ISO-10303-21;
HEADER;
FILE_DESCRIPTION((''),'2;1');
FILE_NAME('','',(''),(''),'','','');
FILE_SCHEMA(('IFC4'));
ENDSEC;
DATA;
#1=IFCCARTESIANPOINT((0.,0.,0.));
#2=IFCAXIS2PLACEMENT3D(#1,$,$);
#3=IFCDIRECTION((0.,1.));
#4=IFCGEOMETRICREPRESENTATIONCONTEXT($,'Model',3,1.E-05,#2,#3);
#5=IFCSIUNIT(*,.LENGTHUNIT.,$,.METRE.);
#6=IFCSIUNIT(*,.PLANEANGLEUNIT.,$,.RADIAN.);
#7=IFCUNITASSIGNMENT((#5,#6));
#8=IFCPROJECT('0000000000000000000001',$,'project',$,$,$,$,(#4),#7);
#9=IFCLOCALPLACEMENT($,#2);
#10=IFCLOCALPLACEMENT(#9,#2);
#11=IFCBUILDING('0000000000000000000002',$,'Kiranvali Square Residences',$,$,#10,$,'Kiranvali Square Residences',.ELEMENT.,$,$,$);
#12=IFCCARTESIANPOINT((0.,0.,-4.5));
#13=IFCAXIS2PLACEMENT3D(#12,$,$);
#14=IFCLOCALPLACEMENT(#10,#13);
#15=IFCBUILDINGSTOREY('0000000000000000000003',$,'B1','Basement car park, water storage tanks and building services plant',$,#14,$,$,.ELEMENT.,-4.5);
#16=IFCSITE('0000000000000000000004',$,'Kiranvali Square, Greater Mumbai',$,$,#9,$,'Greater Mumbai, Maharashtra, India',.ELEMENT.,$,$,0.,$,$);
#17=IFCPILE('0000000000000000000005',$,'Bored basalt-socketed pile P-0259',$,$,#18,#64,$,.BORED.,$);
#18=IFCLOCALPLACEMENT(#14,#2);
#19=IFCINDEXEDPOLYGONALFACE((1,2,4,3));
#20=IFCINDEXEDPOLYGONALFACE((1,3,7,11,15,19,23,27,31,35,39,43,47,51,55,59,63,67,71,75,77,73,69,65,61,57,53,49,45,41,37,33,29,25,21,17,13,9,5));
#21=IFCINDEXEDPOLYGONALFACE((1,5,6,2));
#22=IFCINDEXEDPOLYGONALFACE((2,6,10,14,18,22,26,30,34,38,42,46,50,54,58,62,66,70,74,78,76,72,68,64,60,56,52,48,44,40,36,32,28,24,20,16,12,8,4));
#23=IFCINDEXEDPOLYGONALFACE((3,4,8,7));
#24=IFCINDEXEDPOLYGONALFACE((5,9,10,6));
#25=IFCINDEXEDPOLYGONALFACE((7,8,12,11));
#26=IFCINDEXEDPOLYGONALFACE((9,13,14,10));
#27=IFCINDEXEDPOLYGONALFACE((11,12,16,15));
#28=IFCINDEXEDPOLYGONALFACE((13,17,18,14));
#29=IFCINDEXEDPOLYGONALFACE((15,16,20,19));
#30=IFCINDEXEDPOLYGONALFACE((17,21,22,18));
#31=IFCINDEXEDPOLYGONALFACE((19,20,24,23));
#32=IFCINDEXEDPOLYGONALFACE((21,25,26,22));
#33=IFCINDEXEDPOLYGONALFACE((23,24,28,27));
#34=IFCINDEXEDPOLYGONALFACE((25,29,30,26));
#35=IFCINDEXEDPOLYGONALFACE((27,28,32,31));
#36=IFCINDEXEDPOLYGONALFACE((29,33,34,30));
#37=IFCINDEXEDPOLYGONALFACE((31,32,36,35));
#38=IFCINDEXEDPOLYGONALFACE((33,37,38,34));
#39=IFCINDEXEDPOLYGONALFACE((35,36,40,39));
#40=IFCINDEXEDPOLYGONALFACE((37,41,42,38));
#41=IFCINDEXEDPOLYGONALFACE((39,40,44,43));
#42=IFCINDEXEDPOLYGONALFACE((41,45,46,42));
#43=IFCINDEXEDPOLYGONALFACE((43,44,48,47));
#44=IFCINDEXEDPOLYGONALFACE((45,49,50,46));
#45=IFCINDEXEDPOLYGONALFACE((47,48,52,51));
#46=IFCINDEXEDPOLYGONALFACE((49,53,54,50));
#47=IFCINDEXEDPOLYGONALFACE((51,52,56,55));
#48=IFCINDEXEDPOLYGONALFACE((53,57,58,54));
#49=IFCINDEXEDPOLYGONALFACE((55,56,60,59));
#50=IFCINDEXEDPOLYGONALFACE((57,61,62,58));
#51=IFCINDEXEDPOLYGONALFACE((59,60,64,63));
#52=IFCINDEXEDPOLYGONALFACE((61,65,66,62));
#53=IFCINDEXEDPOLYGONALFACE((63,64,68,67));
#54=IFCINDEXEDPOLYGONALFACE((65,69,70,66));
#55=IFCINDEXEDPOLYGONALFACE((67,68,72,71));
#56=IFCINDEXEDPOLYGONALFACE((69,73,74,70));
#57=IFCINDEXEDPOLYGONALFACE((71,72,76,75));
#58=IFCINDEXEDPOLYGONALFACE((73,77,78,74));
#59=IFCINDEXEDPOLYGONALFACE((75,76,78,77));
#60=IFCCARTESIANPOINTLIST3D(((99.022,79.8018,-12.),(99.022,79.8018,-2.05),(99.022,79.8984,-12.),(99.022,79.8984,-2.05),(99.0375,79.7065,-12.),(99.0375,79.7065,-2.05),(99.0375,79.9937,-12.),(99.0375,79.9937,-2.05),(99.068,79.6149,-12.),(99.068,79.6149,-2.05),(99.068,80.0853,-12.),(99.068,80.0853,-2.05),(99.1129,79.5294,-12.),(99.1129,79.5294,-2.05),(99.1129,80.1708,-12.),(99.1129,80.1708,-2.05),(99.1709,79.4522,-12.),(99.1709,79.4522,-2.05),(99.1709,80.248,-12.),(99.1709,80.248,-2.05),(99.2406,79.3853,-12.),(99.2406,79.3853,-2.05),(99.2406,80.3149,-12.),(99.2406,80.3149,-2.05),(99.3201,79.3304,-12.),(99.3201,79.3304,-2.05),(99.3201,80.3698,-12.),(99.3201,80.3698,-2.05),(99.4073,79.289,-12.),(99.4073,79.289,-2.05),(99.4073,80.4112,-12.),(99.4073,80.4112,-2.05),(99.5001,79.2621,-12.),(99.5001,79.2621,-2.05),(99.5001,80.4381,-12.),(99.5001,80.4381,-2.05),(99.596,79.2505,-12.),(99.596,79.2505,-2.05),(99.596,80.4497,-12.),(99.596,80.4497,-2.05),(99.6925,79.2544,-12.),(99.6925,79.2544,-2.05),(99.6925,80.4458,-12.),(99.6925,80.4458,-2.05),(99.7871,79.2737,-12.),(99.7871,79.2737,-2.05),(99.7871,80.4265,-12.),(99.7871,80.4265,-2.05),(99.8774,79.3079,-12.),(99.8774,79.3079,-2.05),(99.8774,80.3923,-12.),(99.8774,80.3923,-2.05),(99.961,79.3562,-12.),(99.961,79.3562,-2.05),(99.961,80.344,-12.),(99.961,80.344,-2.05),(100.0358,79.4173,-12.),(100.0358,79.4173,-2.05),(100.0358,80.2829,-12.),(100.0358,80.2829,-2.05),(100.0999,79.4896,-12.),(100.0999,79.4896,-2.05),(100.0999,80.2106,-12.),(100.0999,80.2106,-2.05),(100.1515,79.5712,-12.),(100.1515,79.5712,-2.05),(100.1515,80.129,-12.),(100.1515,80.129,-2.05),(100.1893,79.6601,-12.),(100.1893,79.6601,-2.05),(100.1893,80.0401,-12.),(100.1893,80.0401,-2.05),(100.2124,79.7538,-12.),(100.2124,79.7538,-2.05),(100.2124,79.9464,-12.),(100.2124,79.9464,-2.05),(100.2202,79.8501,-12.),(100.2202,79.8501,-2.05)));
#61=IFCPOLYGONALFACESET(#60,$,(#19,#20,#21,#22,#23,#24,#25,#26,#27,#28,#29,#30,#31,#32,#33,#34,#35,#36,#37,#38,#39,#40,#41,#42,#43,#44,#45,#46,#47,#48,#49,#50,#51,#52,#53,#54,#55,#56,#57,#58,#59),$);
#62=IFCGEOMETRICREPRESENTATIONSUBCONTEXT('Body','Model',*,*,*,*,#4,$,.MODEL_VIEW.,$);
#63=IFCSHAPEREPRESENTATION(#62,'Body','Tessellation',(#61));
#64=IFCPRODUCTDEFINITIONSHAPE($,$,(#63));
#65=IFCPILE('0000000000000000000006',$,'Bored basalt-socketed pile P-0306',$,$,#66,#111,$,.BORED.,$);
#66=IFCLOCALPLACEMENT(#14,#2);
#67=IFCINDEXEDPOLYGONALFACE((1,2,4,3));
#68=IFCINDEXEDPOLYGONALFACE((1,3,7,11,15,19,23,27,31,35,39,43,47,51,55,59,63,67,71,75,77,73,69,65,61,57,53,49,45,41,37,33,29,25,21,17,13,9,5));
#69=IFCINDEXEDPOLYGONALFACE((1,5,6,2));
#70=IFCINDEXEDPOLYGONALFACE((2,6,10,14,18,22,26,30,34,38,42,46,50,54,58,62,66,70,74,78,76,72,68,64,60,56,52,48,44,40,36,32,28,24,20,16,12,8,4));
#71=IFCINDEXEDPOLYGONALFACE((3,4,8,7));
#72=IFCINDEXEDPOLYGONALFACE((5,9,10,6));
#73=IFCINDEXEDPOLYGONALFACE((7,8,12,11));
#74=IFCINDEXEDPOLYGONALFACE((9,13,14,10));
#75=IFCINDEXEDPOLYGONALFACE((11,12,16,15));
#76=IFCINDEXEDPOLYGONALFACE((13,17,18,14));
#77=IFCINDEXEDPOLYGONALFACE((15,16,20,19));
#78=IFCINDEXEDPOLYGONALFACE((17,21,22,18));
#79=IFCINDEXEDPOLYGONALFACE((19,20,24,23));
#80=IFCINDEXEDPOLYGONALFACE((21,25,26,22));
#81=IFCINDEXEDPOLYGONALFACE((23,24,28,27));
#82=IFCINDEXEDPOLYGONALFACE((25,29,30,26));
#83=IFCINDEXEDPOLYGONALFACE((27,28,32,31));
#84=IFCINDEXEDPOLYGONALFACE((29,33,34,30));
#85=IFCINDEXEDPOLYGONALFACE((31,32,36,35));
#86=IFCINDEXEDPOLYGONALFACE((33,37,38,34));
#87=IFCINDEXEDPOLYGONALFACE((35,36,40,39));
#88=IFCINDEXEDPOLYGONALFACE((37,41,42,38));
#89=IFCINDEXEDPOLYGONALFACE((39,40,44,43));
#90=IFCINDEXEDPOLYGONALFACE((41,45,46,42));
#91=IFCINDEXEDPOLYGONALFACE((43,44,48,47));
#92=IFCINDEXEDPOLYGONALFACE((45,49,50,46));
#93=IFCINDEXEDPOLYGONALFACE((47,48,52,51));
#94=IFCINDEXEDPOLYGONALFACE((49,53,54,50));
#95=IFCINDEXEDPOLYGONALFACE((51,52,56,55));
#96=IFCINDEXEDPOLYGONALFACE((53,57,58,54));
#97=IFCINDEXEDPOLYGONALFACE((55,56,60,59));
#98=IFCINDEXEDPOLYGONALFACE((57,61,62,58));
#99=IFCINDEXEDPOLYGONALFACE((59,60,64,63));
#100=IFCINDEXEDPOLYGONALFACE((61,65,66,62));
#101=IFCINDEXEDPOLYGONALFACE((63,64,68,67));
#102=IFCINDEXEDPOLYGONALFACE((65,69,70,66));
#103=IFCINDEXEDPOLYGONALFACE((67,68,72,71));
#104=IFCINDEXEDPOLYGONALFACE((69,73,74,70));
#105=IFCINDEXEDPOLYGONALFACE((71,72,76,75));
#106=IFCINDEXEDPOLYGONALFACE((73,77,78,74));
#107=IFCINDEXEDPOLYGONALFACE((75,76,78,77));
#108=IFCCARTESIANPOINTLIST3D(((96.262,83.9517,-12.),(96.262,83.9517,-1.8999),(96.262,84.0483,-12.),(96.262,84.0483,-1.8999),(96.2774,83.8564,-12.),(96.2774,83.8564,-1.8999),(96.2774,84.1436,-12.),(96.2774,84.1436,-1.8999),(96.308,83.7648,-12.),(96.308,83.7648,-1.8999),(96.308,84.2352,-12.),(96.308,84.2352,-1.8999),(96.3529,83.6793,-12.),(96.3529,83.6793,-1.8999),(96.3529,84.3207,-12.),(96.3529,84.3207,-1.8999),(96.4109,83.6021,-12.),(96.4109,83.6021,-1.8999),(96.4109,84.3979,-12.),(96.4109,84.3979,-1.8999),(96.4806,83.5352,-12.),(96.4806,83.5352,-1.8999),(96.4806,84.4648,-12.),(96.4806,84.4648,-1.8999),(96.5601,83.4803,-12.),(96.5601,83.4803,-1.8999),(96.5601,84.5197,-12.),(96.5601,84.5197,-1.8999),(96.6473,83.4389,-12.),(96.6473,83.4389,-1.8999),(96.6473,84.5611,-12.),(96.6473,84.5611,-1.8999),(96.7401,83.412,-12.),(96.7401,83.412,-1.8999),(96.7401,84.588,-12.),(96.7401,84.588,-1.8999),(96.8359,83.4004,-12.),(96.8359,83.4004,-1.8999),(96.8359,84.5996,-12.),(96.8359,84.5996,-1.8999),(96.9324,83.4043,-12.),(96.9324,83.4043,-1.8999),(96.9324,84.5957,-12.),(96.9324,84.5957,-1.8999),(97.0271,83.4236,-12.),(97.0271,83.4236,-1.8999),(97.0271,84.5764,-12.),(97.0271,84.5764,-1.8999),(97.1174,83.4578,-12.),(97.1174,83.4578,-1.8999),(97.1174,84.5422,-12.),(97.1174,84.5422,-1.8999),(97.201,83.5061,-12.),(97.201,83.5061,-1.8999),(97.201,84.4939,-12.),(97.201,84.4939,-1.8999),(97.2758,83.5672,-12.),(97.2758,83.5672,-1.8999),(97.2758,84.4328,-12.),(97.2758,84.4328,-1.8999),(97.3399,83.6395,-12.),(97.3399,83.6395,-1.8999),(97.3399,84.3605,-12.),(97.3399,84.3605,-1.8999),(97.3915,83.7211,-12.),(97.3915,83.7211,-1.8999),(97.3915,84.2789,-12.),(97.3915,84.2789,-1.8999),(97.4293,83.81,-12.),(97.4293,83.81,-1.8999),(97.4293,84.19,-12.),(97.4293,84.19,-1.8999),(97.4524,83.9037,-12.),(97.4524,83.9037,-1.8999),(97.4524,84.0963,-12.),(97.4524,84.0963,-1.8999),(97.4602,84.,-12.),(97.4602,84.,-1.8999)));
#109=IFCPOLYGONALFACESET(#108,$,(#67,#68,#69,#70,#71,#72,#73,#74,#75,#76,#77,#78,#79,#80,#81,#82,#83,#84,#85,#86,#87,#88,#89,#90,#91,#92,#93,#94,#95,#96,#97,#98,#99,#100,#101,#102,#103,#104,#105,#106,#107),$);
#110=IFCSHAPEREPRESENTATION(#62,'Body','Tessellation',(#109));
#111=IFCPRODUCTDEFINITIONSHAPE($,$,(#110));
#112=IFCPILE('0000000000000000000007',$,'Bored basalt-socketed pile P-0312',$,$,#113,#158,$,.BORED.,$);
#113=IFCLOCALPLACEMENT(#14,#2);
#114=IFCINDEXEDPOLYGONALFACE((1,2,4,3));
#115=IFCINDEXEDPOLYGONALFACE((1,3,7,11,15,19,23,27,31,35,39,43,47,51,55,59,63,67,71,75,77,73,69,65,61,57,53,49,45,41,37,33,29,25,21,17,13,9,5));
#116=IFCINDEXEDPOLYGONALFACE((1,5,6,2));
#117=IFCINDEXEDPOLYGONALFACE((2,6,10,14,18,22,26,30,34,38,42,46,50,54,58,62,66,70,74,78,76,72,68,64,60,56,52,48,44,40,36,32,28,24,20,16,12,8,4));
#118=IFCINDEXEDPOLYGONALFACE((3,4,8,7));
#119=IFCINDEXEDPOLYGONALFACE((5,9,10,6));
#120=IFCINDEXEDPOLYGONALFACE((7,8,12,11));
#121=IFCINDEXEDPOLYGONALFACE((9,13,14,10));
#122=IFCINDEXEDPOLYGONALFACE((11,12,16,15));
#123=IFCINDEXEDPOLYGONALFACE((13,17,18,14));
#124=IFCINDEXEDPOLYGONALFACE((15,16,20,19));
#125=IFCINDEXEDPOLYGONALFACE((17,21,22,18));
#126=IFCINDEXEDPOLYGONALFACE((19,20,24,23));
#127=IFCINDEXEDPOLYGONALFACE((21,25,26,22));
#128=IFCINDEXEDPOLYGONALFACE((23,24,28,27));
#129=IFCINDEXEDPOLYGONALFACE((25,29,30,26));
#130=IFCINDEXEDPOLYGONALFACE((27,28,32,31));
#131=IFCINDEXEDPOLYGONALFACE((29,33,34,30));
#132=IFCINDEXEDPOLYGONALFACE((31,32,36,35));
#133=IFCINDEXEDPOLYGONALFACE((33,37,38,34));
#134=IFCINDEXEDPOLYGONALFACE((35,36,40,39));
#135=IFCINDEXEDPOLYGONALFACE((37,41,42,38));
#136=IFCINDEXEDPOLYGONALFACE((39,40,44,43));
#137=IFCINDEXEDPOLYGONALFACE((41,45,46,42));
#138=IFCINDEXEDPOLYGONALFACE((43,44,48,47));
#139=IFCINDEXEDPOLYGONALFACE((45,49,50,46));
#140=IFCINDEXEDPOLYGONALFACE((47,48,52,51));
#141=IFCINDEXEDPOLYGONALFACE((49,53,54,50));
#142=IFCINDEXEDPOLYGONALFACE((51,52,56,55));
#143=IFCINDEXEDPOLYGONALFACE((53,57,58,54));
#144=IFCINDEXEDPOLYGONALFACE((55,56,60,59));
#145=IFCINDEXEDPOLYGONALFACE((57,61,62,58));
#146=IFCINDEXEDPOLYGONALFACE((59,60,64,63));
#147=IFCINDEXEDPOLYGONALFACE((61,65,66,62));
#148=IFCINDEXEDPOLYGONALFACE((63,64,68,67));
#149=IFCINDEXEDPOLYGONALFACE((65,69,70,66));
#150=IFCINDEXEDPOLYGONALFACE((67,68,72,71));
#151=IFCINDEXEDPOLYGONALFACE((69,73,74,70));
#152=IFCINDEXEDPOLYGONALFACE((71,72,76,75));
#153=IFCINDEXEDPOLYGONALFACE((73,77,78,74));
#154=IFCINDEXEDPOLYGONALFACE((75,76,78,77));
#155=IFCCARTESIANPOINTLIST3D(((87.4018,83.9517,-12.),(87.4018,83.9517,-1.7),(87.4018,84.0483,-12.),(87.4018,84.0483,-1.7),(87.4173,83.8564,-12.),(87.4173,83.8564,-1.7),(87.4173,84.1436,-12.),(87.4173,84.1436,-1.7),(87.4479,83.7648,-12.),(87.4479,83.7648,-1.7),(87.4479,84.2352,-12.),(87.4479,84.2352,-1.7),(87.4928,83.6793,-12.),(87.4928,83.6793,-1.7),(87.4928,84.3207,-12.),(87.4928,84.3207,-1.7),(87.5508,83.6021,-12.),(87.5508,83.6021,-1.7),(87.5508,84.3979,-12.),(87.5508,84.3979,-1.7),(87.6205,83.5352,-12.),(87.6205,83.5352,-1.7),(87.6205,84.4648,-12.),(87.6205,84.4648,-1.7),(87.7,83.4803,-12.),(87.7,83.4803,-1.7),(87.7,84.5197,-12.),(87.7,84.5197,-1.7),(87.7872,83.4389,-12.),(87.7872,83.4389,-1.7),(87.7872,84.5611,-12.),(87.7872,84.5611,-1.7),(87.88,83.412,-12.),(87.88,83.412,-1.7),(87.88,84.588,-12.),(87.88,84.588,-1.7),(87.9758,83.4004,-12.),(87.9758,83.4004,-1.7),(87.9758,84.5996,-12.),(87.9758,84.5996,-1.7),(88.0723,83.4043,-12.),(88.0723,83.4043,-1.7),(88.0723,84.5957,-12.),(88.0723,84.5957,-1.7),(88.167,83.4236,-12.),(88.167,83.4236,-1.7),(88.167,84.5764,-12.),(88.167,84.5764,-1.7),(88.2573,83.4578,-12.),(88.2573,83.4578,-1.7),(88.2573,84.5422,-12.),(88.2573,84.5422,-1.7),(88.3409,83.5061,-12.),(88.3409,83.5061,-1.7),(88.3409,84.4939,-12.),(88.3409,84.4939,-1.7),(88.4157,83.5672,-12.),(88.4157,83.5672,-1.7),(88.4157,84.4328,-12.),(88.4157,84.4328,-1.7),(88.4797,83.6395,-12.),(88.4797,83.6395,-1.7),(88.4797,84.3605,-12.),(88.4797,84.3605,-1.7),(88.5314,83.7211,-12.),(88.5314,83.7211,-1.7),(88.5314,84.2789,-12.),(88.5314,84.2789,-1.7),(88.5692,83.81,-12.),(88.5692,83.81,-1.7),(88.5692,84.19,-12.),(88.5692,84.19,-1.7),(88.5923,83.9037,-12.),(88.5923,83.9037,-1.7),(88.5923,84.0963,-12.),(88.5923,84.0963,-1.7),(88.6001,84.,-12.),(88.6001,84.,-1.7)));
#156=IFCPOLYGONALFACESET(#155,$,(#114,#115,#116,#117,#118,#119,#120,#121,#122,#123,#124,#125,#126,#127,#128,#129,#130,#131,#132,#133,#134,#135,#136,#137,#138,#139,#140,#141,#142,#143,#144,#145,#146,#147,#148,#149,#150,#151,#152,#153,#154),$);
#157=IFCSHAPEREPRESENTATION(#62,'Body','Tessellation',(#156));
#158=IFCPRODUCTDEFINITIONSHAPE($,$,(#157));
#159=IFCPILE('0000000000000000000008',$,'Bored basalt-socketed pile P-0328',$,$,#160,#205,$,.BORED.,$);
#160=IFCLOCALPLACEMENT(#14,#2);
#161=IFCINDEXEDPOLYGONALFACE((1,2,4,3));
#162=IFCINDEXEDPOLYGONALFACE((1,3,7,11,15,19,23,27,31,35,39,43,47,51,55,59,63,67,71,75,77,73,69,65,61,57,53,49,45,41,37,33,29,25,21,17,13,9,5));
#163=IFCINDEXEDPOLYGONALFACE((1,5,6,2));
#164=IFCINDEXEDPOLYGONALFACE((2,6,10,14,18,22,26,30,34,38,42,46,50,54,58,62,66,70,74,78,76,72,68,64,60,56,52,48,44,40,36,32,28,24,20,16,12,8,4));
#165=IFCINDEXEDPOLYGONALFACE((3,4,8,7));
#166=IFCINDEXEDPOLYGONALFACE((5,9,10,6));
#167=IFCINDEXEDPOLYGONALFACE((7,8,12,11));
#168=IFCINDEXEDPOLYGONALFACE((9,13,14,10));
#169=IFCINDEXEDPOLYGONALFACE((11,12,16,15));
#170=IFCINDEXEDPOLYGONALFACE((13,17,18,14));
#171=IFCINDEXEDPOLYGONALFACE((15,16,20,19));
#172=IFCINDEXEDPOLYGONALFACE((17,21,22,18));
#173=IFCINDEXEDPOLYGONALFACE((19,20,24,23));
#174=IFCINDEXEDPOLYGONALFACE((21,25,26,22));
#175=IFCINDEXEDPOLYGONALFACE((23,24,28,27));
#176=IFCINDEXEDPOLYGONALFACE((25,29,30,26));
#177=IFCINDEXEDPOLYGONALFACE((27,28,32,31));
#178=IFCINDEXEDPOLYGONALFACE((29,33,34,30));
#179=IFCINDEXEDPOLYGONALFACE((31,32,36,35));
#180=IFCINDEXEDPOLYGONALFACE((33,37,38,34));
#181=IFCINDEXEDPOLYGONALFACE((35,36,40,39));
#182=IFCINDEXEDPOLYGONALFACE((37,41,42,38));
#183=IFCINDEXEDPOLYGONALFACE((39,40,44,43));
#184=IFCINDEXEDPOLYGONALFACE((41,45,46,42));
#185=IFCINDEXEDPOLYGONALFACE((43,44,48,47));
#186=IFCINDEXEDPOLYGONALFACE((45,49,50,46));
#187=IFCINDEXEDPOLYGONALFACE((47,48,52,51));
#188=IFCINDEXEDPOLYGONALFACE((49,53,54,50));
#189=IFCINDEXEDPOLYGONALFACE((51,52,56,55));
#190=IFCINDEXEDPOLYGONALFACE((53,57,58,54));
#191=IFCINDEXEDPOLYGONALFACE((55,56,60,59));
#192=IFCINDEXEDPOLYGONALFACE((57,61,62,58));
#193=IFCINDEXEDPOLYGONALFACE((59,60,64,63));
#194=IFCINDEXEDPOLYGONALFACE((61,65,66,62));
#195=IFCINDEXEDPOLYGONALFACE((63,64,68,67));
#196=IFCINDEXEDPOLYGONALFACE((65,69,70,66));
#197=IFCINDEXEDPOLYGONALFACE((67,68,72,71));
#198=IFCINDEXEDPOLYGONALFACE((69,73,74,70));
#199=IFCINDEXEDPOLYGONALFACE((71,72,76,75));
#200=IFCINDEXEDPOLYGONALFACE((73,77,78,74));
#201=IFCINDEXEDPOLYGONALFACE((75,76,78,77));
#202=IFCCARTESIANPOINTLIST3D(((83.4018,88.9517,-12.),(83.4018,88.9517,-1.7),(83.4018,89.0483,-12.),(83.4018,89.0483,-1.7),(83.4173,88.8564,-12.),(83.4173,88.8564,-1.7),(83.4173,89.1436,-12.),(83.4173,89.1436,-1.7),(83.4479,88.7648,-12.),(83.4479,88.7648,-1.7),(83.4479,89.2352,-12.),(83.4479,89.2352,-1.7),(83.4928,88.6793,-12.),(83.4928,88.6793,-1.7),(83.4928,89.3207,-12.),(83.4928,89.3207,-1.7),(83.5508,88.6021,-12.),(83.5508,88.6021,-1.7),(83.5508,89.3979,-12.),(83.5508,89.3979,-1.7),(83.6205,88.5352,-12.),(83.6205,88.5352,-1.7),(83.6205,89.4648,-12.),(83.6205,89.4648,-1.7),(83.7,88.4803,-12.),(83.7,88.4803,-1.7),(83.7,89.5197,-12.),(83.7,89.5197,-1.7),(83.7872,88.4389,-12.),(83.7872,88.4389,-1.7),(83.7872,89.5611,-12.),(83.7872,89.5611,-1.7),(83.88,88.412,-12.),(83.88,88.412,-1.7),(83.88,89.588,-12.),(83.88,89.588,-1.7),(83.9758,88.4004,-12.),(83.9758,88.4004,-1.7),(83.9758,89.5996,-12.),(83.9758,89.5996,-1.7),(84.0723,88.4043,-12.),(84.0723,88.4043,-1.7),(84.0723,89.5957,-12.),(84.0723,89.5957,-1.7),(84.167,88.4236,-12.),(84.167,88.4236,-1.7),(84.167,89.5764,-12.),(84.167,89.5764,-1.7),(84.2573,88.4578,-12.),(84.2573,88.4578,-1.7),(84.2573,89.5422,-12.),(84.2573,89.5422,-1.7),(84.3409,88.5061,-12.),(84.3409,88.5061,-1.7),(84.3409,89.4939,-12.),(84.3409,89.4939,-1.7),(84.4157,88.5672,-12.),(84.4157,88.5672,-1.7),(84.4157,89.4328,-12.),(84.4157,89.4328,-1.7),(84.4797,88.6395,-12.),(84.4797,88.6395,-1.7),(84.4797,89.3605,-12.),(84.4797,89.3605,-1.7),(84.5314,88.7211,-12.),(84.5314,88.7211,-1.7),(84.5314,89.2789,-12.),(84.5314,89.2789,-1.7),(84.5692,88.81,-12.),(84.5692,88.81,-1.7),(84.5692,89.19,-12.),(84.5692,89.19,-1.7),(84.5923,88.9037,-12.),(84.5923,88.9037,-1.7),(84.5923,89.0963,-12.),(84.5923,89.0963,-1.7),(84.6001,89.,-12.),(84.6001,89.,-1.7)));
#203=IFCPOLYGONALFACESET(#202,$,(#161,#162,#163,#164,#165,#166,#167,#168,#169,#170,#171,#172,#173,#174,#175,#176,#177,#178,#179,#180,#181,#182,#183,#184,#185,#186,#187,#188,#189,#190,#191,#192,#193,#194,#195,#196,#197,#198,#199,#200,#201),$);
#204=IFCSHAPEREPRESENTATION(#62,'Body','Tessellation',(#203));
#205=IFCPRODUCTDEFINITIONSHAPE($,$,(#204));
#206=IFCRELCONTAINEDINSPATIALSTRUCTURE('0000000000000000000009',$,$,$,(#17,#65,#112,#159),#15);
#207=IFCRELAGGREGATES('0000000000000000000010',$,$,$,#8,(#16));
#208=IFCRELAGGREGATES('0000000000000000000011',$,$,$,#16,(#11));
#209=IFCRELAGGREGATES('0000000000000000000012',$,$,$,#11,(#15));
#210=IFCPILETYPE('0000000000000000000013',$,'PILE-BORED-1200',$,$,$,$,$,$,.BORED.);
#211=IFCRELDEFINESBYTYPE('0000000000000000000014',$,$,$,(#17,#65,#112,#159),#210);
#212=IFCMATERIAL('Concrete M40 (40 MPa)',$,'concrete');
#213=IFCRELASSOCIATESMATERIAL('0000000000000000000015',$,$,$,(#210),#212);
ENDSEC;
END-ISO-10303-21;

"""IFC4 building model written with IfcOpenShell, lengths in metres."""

from ifc_helpers import new_model, si_unit, direction, frame, origin, origin_2d, place, context, subcontext, project, spatial, circle, extrude, material, material_profile, profile_set, type_object, element, save


model = new_model("IFC4")

# Units and contexts
model_context = context("Model", 3, precision=1e-05, world=origin(), true_north=direction((0.0, 1.0)))
body_context = subcontext(model_context, "Body", "Model", "MODEL_VIEW")
ifc_project = project(units=[si_unit("LENGTHUNIT", "METRE"), si_unit("PLANEANGLEUNIT", "RADIAN")], contexts=[model_context])

# Site, building, storey
site_placement = place(None, origin())
site = spatial("IfcSite", under=ifc_project, at=site_placement, Name="Kiranvali Square, Greater Mumbai", LongName="Greater Mumbai, Maharashtra, India", CompositionType="ELEMENT", RefElevation=0.0)
building_placement = place(site_placement, origin())
building = spatial("IfcBuilding", under=site, at=building_placement, Name="Kiranvali Square Residences", LongName="Kiranvali Square Residences", CompositionType="ELEMENT")
storey_placement = place(building_placement, frame((0.0, 0.0, -4.5)))
storey = spatial("IfcBuildingStorey", under=building, at=storey_placement, Name="B1", Description="Basement car park, water storage tanks and building services plant", CompositionType="ELEMENT", Elevation=-4.5)

# Shared definitions
ifc_material_1 = material(Name="Concrete M40 (40 MPa)", Category="concrete")

# Piles
ifc_material_profile_1 = material_profile(ifc_material_1, circle(Radius=0.6001, at=origin_2d()), Name="BORED PILE 1200")
ifc_profile_set_1 = profile_set([ifc_material_profile_1], Name="Concrete M40 (40 MPa)")
pile_type_1 = type_object("IfcPileType", Name="PILE-BORED-1200", PredefinedType="BORED", material=ifc_profile_set_1)
for number, where, z_axis, x_axis, name in (
    (1, (99.6201, 79.8501, -2.05), (0.0, 0.0, -1.0), (1.0, 0.0, 0.0), "Bored basalt-socketed pile P-0259"),
):
    element("IfcPile", number, at=place(storey_placement, frame(where, z_axis=z_axis, x_axis=x_axis)), inside=storey, type_object=pile_type_1, Name=name, PredefinedType="BORED", context=body_context, shape_type="SweptSolid", body=[
        extrude(circle(Radius=0.6001, at=origin_2d()), origin(), (0.0, 0.0, 1.0), 9.95),
    ])
pile_1_placement = place(storey_placement, frame((96.8601, 84.0, -1.8999), z_axis=(0.0, 0.0, -1.0), x_axis=(1.0, 0.0, 0.0)))
element("IfcPile", 2, at=pile_1_placement, inside=storey, type_object=pile_type_1, Name="Bored basalt-socketed pile P-0306", PredefinedType="BORED", context=body_context, shape_type="SweptSolid", body=[
    extrude(circle(Radius=0.6001, at=origin_2d()), origin(), (0.0, 0.0, 1.0), 10.1001),
])
for number, where, z_axis, x_axis, name in (
    (3, (88.0, 84.0, -1.7), (0.0, 0.0, -1.0), (1.0, 0.0, 0.0), "Bored basalt-socketed pile P-0312"),
    (4, (84.0, 89.0, -1.7), (0.0, 0.0, -1.0), (1.0, 0.0, 0.0), "Bored basalt-socketed pile P-0328"),
):
    element("IfcPile", number, at=place(storey_placement, frame(where, z_axis=z_axis, x_axis=x_axis)), inside=storey, type_object=pile_type_1, Name=name, PredefinedType="BORED", context=body_context, shape_type="SweptSolid", body=[
        extrude(circle(Radius=0.6001, at=origin_2d()), origin(), (0.0, 0.0, 1.0), 10.3),
    ])

save(model, "model.ifc")
